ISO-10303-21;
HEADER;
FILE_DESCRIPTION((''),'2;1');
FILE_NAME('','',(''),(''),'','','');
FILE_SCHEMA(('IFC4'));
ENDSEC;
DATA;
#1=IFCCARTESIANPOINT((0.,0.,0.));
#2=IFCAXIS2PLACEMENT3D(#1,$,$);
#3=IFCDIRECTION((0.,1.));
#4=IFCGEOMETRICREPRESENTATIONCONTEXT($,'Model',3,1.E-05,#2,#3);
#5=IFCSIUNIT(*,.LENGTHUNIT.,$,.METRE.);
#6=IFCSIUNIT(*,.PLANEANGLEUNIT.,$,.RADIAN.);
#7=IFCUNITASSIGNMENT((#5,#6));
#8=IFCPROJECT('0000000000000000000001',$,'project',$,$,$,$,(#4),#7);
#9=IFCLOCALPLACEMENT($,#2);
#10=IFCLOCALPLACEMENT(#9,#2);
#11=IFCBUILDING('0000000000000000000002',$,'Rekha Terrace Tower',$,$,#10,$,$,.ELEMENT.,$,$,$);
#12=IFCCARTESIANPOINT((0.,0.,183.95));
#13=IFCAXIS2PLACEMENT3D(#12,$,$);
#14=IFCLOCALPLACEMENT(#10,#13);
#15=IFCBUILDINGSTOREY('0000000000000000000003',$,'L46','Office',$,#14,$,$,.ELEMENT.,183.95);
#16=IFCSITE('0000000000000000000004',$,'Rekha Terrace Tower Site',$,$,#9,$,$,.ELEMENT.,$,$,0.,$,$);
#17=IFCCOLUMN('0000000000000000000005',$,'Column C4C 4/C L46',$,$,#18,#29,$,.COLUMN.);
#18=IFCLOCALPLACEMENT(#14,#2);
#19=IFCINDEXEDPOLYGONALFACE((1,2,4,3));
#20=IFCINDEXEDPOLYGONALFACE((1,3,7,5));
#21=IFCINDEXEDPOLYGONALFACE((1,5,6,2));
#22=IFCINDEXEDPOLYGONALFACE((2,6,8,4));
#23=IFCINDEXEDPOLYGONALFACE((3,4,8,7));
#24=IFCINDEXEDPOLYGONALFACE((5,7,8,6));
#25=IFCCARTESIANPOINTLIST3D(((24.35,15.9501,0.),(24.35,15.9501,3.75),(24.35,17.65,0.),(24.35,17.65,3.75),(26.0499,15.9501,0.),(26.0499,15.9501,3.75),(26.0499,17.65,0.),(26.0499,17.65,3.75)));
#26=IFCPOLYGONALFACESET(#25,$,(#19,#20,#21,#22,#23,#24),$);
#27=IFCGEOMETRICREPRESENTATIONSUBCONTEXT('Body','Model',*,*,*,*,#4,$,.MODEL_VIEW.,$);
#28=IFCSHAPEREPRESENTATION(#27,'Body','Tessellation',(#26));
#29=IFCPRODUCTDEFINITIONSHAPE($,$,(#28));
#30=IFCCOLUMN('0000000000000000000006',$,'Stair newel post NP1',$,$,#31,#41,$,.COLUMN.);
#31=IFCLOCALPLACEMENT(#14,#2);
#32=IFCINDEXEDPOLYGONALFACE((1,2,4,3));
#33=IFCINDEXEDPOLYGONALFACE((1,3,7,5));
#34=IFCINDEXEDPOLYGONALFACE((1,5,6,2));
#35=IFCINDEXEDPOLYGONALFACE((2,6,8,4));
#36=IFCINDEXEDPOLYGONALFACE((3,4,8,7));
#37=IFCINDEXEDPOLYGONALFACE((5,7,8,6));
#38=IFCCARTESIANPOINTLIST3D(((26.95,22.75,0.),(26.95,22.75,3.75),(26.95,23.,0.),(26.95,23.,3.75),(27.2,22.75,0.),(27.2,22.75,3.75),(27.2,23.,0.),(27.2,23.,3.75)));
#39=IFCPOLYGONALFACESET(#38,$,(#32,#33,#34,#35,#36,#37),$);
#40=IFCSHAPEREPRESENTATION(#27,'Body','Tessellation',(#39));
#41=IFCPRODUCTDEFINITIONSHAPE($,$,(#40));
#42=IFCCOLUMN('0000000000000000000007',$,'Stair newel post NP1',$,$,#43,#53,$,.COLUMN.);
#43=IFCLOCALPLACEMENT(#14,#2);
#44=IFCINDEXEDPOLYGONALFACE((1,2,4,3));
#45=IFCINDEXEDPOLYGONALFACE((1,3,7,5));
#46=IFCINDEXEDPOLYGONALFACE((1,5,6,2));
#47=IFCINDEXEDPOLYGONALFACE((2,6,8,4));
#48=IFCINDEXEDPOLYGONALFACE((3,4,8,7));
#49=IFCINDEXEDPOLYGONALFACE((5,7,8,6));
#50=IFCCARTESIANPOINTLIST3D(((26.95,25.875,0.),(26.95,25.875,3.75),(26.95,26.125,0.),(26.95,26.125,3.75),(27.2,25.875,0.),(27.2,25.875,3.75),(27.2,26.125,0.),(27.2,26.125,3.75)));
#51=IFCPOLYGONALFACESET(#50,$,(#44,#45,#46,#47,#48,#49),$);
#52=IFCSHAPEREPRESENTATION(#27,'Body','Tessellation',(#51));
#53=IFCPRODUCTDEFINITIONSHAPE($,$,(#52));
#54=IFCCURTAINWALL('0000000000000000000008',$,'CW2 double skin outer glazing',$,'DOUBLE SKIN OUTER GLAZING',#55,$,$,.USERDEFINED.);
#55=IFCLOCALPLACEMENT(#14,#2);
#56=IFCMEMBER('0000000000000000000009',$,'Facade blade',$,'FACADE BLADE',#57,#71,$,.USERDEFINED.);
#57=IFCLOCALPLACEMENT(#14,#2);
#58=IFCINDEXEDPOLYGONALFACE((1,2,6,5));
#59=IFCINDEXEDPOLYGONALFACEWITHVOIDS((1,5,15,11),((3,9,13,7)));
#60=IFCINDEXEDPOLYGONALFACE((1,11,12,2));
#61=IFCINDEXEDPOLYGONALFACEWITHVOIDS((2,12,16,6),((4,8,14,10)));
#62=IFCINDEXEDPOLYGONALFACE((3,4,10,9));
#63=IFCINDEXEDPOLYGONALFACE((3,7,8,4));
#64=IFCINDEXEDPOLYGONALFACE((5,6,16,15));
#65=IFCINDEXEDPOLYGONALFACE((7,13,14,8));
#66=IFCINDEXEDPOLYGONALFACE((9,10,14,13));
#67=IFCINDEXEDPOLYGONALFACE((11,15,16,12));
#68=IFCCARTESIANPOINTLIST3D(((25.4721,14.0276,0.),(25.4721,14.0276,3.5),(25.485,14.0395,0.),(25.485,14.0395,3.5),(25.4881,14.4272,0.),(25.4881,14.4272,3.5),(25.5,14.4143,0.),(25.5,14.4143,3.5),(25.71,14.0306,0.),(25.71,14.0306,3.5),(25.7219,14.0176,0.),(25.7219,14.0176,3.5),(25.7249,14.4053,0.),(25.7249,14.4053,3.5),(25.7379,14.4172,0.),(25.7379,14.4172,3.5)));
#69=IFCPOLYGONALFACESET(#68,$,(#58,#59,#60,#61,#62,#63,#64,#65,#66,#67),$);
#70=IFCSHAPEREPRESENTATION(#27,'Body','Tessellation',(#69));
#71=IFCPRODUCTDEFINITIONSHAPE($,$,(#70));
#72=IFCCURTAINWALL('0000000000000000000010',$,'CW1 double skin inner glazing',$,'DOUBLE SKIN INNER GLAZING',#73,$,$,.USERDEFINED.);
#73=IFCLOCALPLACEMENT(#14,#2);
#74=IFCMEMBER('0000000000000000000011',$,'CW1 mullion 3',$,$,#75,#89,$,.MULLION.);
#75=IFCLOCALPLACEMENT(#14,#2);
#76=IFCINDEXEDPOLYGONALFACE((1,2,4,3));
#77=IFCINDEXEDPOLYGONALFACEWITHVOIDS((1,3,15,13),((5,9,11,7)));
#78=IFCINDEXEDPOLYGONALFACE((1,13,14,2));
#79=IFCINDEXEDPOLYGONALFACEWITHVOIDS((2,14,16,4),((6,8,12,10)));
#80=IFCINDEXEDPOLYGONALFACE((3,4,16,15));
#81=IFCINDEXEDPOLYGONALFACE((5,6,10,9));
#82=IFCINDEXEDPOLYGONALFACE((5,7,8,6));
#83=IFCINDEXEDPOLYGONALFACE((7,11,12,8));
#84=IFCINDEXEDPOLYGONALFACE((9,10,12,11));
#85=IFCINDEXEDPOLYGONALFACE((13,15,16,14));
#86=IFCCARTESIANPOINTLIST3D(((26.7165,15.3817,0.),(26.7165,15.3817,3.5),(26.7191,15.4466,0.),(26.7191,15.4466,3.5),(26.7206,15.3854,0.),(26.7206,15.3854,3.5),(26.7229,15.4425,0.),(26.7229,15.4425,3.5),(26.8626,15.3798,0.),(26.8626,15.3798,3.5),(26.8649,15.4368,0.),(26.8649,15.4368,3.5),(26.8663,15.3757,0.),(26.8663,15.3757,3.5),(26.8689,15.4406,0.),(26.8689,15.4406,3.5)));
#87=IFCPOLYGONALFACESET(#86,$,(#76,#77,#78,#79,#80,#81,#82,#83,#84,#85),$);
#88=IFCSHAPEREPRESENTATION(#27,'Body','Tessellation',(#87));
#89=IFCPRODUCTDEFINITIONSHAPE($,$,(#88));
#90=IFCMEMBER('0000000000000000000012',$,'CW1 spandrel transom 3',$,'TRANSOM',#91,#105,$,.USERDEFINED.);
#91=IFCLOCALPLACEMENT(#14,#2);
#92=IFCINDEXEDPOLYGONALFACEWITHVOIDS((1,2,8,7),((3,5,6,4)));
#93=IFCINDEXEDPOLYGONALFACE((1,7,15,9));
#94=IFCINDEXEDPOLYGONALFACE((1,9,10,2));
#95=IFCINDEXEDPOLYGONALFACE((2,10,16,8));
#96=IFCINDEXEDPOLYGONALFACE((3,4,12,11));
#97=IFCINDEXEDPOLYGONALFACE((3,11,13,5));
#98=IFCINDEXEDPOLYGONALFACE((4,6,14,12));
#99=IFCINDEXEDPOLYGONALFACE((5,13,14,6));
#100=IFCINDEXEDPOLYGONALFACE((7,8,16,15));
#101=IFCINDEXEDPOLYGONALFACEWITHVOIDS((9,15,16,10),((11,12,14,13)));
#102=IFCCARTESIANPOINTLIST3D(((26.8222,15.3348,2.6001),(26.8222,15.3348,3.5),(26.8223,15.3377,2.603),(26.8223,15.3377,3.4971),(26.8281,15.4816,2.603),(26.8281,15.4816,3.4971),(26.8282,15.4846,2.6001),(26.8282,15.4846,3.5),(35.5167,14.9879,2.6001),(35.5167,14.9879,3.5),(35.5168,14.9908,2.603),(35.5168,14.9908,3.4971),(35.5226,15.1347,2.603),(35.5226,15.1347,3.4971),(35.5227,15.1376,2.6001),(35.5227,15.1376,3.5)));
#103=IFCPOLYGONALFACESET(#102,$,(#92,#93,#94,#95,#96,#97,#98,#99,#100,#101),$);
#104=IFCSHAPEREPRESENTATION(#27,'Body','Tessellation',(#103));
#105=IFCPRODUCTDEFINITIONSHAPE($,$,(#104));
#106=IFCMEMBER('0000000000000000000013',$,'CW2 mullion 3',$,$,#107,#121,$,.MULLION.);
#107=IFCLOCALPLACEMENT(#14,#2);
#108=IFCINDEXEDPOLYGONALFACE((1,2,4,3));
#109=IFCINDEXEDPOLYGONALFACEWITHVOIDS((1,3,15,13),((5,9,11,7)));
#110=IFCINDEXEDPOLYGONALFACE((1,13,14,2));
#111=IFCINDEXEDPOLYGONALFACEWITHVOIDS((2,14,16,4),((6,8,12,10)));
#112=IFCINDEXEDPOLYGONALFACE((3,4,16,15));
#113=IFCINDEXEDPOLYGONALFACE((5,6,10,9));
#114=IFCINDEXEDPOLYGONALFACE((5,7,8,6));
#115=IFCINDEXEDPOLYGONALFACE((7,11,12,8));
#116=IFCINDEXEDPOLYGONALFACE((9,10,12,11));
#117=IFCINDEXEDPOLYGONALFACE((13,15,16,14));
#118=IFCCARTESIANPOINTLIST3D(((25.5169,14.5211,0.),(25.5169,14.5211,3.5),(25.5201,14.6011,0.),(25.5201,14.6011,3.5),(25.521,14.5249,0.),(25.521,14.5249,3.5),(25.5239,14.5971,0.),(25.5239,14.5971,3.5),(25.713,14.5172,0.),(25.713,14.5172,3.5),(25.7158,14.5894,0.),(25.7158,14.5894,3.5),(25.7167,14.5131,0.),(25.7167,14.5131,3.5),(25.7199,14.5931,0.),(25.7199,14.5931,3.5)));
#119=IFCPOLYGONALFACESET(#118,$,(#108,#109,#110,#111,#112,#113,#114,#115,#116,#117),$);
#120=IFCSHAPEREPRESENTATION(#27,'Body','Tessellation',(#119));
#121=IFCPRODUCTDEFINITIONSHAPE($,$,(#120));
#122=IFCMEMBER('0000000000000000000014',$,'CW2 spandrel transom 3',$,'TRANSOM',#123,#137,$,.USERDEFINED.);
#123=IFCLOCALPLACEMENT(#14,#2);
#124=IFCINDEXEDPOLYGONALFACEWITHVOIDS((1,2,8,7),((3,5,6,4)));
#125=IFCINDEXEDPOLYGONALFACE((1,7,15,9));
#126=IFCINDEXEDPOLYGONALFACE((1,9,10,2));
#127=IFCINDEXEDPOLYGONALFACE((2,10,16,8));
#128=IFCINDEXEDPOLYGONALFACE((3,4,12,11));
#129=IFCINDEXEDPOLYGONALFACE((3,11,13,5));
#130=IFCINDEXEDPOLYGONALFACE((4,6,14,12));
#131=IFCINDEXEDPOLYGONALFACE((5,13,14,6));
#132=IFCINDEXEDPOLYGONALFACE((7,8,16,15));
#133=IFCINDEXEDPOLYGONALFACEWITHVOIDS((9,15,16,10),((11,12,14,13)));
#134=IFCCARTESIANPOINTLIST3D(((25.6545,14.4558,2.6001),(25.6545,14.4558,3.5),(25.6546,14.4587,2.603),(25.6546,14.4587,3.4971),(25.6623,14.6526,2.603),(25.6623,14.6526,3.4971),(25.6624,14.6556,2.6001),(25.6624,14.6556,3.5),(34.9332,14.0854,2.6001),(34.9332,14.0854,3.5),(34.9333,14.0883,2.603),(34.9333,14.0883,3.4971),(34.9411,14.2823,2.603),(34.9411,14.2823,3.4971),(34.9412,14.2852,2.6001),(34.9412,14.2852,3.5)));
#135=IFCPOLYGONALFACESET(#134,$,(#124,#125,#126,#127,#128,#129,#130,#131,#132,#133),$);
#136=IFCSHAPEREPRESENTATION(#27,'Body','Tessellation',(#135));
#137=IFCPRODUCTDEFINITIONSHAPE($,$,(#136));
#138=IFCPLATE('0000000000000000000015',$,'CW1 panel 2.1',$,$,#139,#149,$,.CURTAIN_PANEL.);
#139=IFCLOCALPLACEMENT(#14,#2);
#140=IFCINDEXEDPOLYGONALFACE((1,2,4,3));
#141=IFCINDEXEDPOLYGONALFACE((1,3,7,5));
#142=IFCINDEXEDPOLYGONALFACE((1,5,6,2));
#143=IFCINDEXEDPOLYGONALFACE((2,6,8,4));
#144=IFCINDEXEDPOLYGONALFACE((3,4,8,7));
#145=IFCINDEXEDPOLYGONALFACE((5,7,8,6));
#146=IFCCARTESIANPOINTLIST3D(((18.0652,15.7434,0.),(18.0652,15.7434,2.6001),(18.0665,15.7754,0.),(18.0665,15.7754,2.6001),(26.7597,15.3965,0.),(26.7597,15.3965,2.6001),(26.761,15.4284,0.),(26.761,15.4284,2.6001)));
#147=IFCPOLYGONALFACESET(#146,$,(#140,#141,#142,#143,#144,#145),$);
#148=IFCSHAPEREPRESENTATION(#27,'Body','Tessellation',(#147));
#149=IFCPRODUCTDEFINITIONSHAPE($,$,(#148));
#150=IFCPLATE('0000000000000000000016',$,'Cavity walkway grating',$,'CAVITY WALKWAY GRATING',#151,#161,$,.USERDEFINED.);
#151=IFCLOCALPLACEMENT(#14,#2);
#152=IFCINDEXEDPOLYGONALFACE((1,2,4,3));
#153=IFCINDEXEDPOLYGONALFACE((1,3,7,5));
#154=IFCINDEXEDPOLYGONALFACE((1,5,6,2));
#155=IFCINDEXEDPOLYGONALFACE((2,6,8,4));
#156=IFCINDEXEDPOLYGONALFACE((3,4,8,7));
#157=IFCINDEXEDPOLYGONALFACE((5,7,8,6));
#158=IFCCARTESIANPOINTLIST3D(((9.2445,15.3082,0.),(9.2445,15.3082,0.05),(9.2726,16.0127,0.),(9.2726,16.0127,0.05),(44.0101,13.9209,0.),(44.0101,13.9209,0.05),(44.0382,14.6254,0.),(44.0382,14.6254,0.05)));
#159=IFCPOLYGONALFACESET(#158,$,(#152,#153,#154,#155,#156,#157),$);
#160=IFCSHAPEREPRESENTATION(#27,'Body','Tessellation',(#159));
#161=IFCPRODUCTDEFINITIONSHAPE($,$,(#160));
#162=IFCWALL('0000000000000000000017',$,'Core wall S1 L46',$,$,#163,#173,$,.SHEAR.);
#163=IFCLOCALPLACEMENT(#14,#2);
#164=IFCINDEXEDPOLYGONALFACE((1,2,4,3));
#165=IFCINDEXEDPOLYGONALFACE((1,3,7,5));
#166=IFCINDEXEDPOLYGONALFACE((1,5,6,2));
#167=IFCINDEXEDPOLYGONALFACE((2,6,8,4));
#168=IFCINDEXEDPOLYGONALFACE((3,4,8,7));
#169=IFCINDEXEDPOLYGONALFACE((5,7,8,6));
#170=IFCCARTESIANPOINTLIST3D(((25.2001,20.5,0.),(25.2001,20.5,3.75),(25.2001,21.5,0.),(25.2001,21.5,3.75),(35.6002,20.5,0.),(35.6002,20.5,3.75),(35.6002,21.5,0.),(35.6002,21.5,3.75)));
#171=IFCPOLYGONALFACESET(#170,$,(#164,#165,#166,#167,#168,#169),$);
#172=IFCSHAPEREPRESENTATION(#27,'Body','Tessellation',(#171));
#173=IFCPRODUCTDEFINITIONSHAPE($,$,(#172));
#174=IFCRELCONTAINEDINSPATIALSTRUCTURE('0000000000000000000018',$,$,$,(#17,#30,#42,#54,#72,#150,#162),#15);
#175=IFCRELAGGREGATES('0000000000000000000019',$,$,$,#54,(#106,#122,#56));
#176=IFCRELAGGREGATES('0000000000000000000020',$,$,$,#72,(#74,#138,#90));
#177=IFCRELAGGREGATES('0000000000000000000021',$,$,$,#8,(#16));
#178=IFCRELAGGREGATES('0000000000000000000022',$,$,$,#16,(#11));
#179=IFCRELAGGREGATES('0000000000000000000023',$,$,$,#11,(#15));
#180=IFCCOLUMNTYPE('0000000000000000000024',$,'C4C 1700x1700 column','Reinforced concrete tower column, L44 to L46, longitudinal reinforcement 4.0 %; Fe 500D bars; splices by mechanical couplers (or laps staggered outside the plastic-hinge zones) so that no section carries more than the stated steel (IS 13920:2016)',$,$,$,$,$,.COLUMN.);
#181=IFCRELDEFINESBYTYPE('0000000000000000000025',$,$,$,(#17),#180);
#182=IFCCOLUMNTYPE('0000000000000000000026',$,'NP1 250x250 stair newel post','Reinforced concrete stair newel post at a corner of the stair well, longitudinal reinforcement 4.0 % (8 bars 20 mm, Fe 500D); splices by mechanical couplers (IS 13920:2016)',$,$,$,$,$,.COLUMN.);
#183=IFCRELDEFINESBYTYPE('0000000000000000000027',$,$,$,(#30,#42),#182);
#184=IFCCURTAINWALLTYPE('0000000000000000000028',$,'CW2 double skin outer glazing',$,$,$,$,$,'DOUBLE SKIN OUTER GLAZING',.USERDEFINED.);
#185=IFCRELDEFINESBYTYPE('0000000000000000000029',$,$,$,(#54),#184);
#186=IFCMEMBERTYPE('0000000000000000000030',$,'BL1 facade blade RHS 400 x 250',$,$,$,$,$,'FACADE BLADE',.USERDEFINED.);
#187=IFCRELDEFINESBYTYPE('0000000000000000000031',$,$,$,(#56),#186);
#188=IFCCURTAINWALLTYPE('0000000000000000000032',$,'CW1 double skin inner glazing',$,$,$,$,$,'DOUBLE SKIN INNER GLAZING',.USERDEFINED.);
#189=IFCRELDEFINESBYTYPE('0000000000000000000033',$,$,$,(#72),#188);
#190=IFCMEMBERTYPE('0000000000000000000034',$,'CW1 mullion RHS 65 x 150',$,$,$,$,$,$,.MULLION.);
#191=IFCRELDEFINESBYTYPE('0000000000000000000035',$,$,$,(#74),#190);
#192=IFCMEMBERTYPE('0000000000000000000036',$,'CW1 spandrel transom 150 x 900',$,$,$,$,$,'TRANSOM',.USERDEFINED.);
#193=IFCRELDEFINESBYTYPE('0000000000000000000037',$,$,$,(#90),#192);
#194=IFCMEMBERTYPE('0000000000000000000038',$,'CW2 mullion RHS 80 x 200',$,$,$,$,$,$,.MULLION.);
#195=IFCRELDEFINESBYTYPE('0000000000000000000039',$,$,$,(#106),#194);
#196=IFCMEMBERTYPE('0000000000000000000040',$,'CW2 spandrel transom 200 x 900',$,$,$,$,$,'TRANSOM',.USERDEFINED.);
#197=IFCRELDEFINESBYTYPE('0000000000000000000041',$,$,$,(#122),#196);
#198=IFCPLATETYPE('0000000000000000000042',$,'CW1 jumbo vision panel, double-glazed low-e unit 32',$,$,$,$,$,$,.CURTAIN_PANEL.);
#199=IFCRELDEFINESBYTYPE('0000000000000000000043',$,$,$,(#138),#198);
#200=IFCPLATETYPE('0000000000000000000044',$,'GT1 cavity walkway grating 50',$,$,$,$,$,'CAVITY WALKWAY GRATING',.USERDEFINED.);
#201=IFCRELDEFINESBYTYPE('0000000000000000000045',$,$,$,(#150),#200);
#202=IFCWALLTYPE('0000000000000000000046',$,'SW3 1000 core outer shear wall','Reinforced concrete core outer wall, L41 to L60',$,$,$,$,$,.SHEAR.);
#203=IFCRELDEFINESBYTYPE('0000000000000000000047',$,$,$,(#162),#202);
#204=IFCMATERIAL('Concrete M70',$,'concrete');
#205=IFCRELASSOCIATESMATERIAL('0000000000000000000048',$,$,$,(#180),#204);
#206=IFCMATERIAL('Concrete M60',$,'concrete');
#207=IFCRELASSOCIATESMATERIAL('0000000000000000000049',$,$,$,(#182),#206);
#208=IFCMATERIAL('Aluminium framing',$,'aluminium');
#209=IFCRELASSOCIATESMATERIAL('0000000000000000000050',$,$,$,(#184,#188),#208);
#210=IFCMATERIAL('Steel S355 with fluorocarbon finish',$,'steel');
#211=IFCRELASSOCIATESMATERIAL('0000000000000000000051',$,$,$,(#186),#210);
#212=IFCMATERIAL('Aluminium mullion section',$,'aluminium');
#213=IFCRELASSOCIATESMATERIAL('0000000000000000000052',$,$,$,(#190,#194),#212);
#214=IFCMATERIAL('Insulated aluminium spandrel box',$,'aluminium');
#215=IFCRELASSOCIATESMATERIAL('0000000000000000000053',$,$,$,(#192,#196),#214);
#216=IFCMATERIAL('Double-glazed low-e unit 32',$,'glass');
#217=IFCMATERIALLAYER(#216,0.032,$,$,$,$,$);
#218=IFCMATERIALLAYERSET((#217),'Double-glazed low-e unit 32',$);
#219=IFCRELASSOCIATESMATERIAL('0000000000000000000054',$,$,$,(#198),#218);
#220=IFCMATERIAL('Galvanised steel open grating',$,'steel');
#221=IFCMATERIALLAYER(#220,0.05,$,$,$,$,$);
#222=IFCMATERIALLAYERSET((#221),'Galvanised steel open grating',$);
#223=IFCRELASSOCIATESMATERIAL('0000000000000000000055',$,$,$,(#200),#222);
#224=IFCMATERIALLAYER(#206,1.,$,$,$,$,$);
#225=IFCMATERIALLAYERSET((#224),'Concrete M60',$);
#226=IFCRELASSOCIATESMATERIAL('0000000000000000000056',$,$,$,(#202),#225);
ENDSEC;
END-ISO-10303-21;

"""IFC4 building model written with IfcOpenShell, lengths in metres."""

from ifc_helpers import new_model, si_unit, direction, frame, frame_2d, origin, origin_2d, place, context, subcontext, project, spatial, rectangle, hollow_rectangle, extrude, material, layer, layer_set, material_profile, profile_set, type_object, element, aggregate, save


model = new_model("IFC4")

# Units and contexts
model_context = context("Model", 3, precision=1e-05, world=origin(), true_north=direction((0.0, 1.0)))
body_context = subcontext(model_context, "Body", "Model", "MODEL_VIEW")
ifc_project = project(units=[si_unit("LENGTHUNIT", "METRE"), si_unit("PLANEANGLEUNIT", "RADIAN")], contexts=[model_context])

# Site, building, storey
site_placement = place(None, origin())
site = spatial("IfcSite", under=ifc_project, at=site_placement, Name="Rekha Terrace Tower Site", CompositionType="ELEMENT", RefElevation=0.0)
building_placement = place(site_placement, origin())
building = spatial("IfcBuilding", under=site, at=building_placement, Name="Rekha Terrace Tower", CompositionType="ELEMENT")
storey_placement = place(building_placement, frame((0.0, 0.0, 183.95)))
storey = spatial("IfcBuildingStorey", under=building, at=storey_placement, Name="L46", Description="Office", CompositionType="ELEMENT", Elevation=183.95)

# Columns
ifc_material_1 = material(Name="Concrete M70", Category="concrete")
ifc_material_profile_1 = material_profile(ifc_material_1, rectangle(XDim=1.7, YDim=1.7, at=origin_2d()), Name="RC 1700x1700")
ifc_profile_set_1 = profile_set([ifc_material_profile_1], Name="Concrete M70")
column_type_1 = type_object("IfcColumnType", Name="C4C 1700x1700 column", Description="Reinforced concrete tower column, L44 to L46, longitudinal reinforcement 4.0 %; Fe 500D bars; splices by mechanical couplers (or laps staggered outside the plastic-hinge zones) so that no section carries more than the stated steel (IS 13920:2016)", PredefinedType="COLUMN", material=ifc_profile_set_1)
column_placement = place(storey_placement, frame((25.2, 16.8, 0.0), z_axis=(0.0, 0.0, 1.0), x_axis=(1.0, 0.0, 0.0)))
element("IfcColumn", 1, at=column_placement, inside=storey, type_object=column_type_1, Name="Column C4C 4/C L46", PredefinedType="COLUMN", context=body_context, shape_type="SweptSolid", body=[
    extrude(rectangle(XDim=1.7, YDim=1.7, at=origin_2d()), origin(), (0.0, 0.0, 1.0), 3.75),
])
ifc_material_2 = material(Name="Concrete M60", Category="concrete")
ifc_material_profile_2 = material_profile(ifc_material_2, rectangle(XDim=0.25, YDim=0.25, at=origin_2d()), Name="RC 250x250")
ifc_profile_set_2 = profile_set([ifc_material_profile_2], Name="Concrete M60")
column_type_2 = type_object("IfcColumnType", Name="NP1 250x250 stair newel post", Description="Reinforced concrete stair newel post at a corner of the stair well, longitudinal reinforcement 4.0 % (8 bars 20 mm, Fe 500D); splices by mechanical couplers (IS 13920:2016)", PredefinedType="COLUMN", material=ifc_profile_set_2)
for number, where, z_axis, x_axis, name in (
    (2, (27.075, 22.875, 0.0), (0.0, 0.0, 1.0), (1.0, 0.0, 0.0), "Stair newel post NP1"),
    (3, (27.075, 26.0, 0.0), (0.0, 0.0, 1.0), (1.0, 0.0, 0.0), "Stair newel post NP1"),
):
    element("IfcColumn", number, at=place(storey_placement, frame(where, z_axis=z_axis, x_axis=x_axis)), inside=storey, type_object=column_type_2, Name=name, PredefinedType="COLUMN", context=body_context, shape_type="SweptSolid", body=[
        extrude(rectangle(XDim=0.25, YDim=0.25, at=origin_2d()), origin(), (0.0, 0.0, 1.0), 3.75),
    ])

# Curtain wall, member
ifc_material_3 = material(Name="Aluminium framing", Category="aluminium")
curtain_wall_type_1 = type_object("IfcCurtainWallType", Name="CW2 double skin outer glazing", ElementType="DOUBLE SKIN OUTER GLAZING", PredefinedType="USERDEFINED", material=ifc_material_3)
curtain_wall_1_placement = place(storey_placement, origin())
curtain_wall_1 = element("IfcCurtainWall", 4, at=curtain_wall_1_placement, inside=storey, type_object=curtain_wall_type_1, Name="CW2 double skin outer glazing", ObjectType="DOUBLE SKIN OUTER GLAZING", PredefinedType="USERDEFINED")
ifc_material_4 = material(Name="Steel S355 with fluorocarbon finish", Category="steel")
ifc_material_profile_3 = material_profile(ifc_material_4, hollow_rectangle(XDim=0.25, YDim=0.3999, WallThickness=0.0125, at=origin_2d()), Name="RHS400x250x12.5")
ifc_profile_set_3 = profile_set([ifc_material_profile_3], Name="Steel S355 with fluorocarbon finish")
member_type_1 = type_object("IfcMemberType", Name="BL1 facade blade RHS 400 x 250", ElementType="FACADE BLADE", PredefinedType="USERDEFINED", material=ifc_profile_set_3)
member_1_placement = place(storey_placement, frame((25.605, 14.2224, 0.0), z_axis=(0.0, 0.0, 1.0), x_axis=(0.999205, -0.039872, 0.0)))
member_1 = element("IfcMember", 5, at=member_1_placement, type_object=member_type_1, Name="Facade blade", ObjectType="FACADE BLADE", PredefinedType="USERDEFINED", context=body_context, shape_type="SweptSolid", body=[
    extrude(hollow_rectangle(XDim=0.25, YDim=0.3999, WallThickness=0.0125, at=origin_2d()), origin(), (0.0, 0.0, 1.0), 3.5),
])

# Curtain wall, members
curtain_wall_type_2 = type_object("IfcCurtainWallType", Name="CW1 double skin inner glazing", ElementType="DOUBLE SKIN INNER GLAZING", PredefinedType="USERDEFINED", material=ifc_material_3)
curtain_wall_2_placement = place(storey_placement, origin())
curtain_wall_2 = element("IfcCurtainWall", 6, at=curtain_wall_2_placement, inside=storey, type_object=curtain_wall_type_2, Name="CW1 double skin inner glazing", ObjectType="DOUBLE SKIN INNER GLAZING", PredefinedType="USERDEFINED")
ifc_material_5 = material(Name="Aluminium mullion section", Category="aluminium")
ifc_material_profile_4 = material_profile(ifc_material_5, hollow_rectangle(XDim=0.0649, YDim=0.1499, WallThickness=0.0039, at=origin_2d()), Name="AL RHS 65x150")
ifc_profile_set_4 = profile_set([ifc_material_profile_4], Name="Aluminium mullion section")
member_type_2 = type_object("IfcMemberType", Name="CW1 mullion RHS 65 x 150", PredefinedType="MULLION", material=ifc_profile_set_4)
member_2_placement = place(storey_placement, frame((26.7927, 15.4111, 0.0), z_axis=(0.0, 0.0, 1.0), x_axis=(0.039872, 0.999205, 0.0)))
member_2 = element("IfcMember", 7, at=member_2_placement, type_object=member_type_2, Name="CW1 mullion 3", PredefinedType="MULLION", context=body_context, shape_type="SweptSolid", body=[
    extrude(hollow_rectangle(XDim=0.0649, YDim=0.1499, WallThickness=0.0039, at=origin_2d()), origin(), (0.0, 0.0, 1.0), 3.5),
])
ifc_material_6 = material(Name="Insulated aluminium spandrel box", Category="aluminium")
ifc_material_profile_5 = material_profile(ifc_material_6, hollow_rectangle(XDim=0.1499, YDim=0.8999, WallThickness=0.0029, at=origin_2d()), Name="AL SPANDREL BOX 150x900")
ifc_profile_set_5 = profile_set([ifc_material_profile_5], Name="Insulated aluminium spandrel box")
member_type_3 = type_object("IfcMemberType", Name="CW1 spandrel transom 150 x 900", ElementType="TRANSOM", PredefinedType="USERDEFINED", material=ifc_profile_set_5)
member_3_placement = place(storey_placement, frame((26.8252, 15.4097, 3.05), z_axis=(0.999205, -0.039869, 0.0), x_axis=(0.039869, 0.999205, 0.0)))
member_3 = element("IfcMember", 8, at=member_3_placement, type_object=member_type_3, Name="CW1 spandrel transom 3", ObjectType="TRANSOM", PredefinedType="USERDEFINED", context=body_context, shape_type="SweptSolid", body=[
    extrude(hollow_rectangle(XDim=0.1499, YDim=0.8999, WallThickness=0.0029, at=origin_2d()), origin(), (0.0, 0.0, 1.0), 8.7014),
])

# Members
ifc_material_profile_6 = material_profile(ifc_material_5, hollow_rectangle(XDim=0.0801, YDim=0.2, WallThickness=0.0039, at=origin_2d()), Name="AL RHS 80x200")
ifc_profile_set_6 = profile_set([ifc_material_profile_6], Name="Aluminium mullion section")
member_type_4 = type_object("IfcMemberType", Name="CW2 mullion RHS 80 x 200", PredefinedType="MULLION", material=ifc_profile_set_6)
member_4_placement = place(storey_placement, frame((25.6184, 14.5571, 0.0), z_axis=(0.0, 0.0, 1.0), x_axis=(0.039872, 0.999205, 0.0)))
member_4 = element("IfcMember", 9, at=member_4_placement, type_object=member_type_4, Name="CW2 mullion 3", PredefinedType="MULLION", context=body_context, shape_type="SweptSolid", body=[
    extrude(hollow_rectangle(XDim=0.0801, YDim=0.2, WallThickness=0.0039, at=origin_2d()), origin(), (0.0, 0.0, 1.0), 3.5),
])
ifc_material_profile_7 = material_profile(ifc_material_6, hollow_rectangle(XDim=0.2, YDim=0.8999, WallThickness=0.0029, at=origin_2d()), Name="AL SPANDREL BOX 200x900")
ifc_profile_set_7 = profile_set([ifc_material_profile_7], Name="Insulated aluminium spandrel box")
member_type_5 = type_object("IfcMemberType", Name="CW2 spandrel transom 200 x 900", ElementType="TRANSOM", PredefinedType="USERDEFINED", material=ifc_profile_set_7)
member_5_placement = place(storey_placement, frame((25.6584, 14.5557, 3.05), z_axis=(0.999204, -0.039883, 0.0), x_axis=(0.039883, 0.999204, 0.0)))
member_5 = element("IfcMember", 10, at=member_5_placement, type_object=member_type_5, Name="CW2 spandrel transom 3", ObjectType="TRANSOM", PredefinedType="USERDEFINED", context=body_context, shape_type="SweptSolid", body=[
    extrude(hollow_rectangle(XDim=0.2, YDim=0.8999, WallThickness=0.0029, at=origin_2d()), origin(), (0.0, 0.0, 1.0), 9.2861),
])
aggregate(curtain_wall_1, [member_4, member_5, member_1])

# Plates
ifc_material_7 = material(Name="Double-glazed low-e unit 32", Category="glass")
ifc_layer_1 = layer(ifc_material_7, 0.032)
ifc_layer_set_1 = layer_set([ifc_layer_1], Name="Double-glazed low-e unit 32")
plate_type_1 = type_object("IfcPlateType", Name="CW1 jumbo vision panel, double-glazed low-e unit 32", PredefinedType="CURTAIN_PANEL", material=ifc_layer_set_1)
plate_1_placement = place(storey_placement, frame((22.4131, 15.5859, 0.0), z_axis=(0.0, 0.0, 1.0), x_axis=(0.999205, -0.039872, 0.0)))
plate_1 = element("IfcPlate", 11, at=plate_1_placement, type_object=plate_type_1, Name="CW1 panel 2.1", PredefinedType="CURTAIN_PANEL", context=body_context, shape_type="SweptSolid", body=[
    extrude(rectangle(XDim=8.7014, YDim=0.032, at=origin_2d()), origin(), (0.0, 0.0, 1.0), 2.6001),
])
aggregate(curtain_wall_2, [member_2, plate_1, member_3])
ifc_material_8 = material(Name="Galvanised steel open grating", Category="steel")
ifc_layer_2 = layer(ifc_material_8, 0.05)
ifc_layer_set_2 = layer_set([ifc_layer_2], Name="Galvanised steel open grating")
plate_type_2 = type_object("IfcPlateType", Name="GT1 cavity walkway grating 50", ElementType="CAVITY WALKWAY GRATING", PredefinedType="USERDEFINED", material=ifc_layer_set_2)
plate_2_placement = place(storey_placement, frame((26.6414, 14.9668, 0.0), z_axis=(0.0, 0.0, 1.0), x_axis=(0.999205, -0.039872, 0.0)))
element("IfcPlate", 12, at=plate_2_placement, inside=storey, type_object=plate_type_2, Name="Cavity walkway grating", ObjectType="CAVITY WALKWAY GRATING", PredefinedType="USERDEFINED", context=body_context, shape_type="SweptSolid", body=[
    extrude(rectangle(XDim=34.7932, YDim=0.7051, at=origin_2d()), origin(), (0.0, 0.0, 1.0), 0.05),
])

# Wall
ifc_layer_3 = layer(ifc_material_2, 1.0)
ifc_layer_set_3 = layer_set([ifc_layer_3], Name="Concrete M60")
wall_type_1 = type_object("IfcWallType", Name="SW3 1000 core outer shear wall", Description="Reinforced concrete core outer wall, L41 to L60", PredefinedType="SHEAR", material=ifc_layer_set_3)
wall_1_placement = place(storey_placement, frame((25.2, 21.0, 0.0), z_axis=(0.0, 0.0, 1.0), x_axis=(1.0, 0.0, 0.0)))
element("IfcWall", 13, at=wall_1_placement, inside=storey, type_object=wall_type_1, Name="Core wall S1 L46", PredefinedType="SHEAR", context=body_context, shape_type="SweptSolid", body=[
    extrude(rectangle(XDim=10.4001, YDim=1.0, at=frame_2d((5.2002, 0.0))), origin(), (0.0, 0.0, 1.0), 3.75),
])

save(model, "model.ifc")
